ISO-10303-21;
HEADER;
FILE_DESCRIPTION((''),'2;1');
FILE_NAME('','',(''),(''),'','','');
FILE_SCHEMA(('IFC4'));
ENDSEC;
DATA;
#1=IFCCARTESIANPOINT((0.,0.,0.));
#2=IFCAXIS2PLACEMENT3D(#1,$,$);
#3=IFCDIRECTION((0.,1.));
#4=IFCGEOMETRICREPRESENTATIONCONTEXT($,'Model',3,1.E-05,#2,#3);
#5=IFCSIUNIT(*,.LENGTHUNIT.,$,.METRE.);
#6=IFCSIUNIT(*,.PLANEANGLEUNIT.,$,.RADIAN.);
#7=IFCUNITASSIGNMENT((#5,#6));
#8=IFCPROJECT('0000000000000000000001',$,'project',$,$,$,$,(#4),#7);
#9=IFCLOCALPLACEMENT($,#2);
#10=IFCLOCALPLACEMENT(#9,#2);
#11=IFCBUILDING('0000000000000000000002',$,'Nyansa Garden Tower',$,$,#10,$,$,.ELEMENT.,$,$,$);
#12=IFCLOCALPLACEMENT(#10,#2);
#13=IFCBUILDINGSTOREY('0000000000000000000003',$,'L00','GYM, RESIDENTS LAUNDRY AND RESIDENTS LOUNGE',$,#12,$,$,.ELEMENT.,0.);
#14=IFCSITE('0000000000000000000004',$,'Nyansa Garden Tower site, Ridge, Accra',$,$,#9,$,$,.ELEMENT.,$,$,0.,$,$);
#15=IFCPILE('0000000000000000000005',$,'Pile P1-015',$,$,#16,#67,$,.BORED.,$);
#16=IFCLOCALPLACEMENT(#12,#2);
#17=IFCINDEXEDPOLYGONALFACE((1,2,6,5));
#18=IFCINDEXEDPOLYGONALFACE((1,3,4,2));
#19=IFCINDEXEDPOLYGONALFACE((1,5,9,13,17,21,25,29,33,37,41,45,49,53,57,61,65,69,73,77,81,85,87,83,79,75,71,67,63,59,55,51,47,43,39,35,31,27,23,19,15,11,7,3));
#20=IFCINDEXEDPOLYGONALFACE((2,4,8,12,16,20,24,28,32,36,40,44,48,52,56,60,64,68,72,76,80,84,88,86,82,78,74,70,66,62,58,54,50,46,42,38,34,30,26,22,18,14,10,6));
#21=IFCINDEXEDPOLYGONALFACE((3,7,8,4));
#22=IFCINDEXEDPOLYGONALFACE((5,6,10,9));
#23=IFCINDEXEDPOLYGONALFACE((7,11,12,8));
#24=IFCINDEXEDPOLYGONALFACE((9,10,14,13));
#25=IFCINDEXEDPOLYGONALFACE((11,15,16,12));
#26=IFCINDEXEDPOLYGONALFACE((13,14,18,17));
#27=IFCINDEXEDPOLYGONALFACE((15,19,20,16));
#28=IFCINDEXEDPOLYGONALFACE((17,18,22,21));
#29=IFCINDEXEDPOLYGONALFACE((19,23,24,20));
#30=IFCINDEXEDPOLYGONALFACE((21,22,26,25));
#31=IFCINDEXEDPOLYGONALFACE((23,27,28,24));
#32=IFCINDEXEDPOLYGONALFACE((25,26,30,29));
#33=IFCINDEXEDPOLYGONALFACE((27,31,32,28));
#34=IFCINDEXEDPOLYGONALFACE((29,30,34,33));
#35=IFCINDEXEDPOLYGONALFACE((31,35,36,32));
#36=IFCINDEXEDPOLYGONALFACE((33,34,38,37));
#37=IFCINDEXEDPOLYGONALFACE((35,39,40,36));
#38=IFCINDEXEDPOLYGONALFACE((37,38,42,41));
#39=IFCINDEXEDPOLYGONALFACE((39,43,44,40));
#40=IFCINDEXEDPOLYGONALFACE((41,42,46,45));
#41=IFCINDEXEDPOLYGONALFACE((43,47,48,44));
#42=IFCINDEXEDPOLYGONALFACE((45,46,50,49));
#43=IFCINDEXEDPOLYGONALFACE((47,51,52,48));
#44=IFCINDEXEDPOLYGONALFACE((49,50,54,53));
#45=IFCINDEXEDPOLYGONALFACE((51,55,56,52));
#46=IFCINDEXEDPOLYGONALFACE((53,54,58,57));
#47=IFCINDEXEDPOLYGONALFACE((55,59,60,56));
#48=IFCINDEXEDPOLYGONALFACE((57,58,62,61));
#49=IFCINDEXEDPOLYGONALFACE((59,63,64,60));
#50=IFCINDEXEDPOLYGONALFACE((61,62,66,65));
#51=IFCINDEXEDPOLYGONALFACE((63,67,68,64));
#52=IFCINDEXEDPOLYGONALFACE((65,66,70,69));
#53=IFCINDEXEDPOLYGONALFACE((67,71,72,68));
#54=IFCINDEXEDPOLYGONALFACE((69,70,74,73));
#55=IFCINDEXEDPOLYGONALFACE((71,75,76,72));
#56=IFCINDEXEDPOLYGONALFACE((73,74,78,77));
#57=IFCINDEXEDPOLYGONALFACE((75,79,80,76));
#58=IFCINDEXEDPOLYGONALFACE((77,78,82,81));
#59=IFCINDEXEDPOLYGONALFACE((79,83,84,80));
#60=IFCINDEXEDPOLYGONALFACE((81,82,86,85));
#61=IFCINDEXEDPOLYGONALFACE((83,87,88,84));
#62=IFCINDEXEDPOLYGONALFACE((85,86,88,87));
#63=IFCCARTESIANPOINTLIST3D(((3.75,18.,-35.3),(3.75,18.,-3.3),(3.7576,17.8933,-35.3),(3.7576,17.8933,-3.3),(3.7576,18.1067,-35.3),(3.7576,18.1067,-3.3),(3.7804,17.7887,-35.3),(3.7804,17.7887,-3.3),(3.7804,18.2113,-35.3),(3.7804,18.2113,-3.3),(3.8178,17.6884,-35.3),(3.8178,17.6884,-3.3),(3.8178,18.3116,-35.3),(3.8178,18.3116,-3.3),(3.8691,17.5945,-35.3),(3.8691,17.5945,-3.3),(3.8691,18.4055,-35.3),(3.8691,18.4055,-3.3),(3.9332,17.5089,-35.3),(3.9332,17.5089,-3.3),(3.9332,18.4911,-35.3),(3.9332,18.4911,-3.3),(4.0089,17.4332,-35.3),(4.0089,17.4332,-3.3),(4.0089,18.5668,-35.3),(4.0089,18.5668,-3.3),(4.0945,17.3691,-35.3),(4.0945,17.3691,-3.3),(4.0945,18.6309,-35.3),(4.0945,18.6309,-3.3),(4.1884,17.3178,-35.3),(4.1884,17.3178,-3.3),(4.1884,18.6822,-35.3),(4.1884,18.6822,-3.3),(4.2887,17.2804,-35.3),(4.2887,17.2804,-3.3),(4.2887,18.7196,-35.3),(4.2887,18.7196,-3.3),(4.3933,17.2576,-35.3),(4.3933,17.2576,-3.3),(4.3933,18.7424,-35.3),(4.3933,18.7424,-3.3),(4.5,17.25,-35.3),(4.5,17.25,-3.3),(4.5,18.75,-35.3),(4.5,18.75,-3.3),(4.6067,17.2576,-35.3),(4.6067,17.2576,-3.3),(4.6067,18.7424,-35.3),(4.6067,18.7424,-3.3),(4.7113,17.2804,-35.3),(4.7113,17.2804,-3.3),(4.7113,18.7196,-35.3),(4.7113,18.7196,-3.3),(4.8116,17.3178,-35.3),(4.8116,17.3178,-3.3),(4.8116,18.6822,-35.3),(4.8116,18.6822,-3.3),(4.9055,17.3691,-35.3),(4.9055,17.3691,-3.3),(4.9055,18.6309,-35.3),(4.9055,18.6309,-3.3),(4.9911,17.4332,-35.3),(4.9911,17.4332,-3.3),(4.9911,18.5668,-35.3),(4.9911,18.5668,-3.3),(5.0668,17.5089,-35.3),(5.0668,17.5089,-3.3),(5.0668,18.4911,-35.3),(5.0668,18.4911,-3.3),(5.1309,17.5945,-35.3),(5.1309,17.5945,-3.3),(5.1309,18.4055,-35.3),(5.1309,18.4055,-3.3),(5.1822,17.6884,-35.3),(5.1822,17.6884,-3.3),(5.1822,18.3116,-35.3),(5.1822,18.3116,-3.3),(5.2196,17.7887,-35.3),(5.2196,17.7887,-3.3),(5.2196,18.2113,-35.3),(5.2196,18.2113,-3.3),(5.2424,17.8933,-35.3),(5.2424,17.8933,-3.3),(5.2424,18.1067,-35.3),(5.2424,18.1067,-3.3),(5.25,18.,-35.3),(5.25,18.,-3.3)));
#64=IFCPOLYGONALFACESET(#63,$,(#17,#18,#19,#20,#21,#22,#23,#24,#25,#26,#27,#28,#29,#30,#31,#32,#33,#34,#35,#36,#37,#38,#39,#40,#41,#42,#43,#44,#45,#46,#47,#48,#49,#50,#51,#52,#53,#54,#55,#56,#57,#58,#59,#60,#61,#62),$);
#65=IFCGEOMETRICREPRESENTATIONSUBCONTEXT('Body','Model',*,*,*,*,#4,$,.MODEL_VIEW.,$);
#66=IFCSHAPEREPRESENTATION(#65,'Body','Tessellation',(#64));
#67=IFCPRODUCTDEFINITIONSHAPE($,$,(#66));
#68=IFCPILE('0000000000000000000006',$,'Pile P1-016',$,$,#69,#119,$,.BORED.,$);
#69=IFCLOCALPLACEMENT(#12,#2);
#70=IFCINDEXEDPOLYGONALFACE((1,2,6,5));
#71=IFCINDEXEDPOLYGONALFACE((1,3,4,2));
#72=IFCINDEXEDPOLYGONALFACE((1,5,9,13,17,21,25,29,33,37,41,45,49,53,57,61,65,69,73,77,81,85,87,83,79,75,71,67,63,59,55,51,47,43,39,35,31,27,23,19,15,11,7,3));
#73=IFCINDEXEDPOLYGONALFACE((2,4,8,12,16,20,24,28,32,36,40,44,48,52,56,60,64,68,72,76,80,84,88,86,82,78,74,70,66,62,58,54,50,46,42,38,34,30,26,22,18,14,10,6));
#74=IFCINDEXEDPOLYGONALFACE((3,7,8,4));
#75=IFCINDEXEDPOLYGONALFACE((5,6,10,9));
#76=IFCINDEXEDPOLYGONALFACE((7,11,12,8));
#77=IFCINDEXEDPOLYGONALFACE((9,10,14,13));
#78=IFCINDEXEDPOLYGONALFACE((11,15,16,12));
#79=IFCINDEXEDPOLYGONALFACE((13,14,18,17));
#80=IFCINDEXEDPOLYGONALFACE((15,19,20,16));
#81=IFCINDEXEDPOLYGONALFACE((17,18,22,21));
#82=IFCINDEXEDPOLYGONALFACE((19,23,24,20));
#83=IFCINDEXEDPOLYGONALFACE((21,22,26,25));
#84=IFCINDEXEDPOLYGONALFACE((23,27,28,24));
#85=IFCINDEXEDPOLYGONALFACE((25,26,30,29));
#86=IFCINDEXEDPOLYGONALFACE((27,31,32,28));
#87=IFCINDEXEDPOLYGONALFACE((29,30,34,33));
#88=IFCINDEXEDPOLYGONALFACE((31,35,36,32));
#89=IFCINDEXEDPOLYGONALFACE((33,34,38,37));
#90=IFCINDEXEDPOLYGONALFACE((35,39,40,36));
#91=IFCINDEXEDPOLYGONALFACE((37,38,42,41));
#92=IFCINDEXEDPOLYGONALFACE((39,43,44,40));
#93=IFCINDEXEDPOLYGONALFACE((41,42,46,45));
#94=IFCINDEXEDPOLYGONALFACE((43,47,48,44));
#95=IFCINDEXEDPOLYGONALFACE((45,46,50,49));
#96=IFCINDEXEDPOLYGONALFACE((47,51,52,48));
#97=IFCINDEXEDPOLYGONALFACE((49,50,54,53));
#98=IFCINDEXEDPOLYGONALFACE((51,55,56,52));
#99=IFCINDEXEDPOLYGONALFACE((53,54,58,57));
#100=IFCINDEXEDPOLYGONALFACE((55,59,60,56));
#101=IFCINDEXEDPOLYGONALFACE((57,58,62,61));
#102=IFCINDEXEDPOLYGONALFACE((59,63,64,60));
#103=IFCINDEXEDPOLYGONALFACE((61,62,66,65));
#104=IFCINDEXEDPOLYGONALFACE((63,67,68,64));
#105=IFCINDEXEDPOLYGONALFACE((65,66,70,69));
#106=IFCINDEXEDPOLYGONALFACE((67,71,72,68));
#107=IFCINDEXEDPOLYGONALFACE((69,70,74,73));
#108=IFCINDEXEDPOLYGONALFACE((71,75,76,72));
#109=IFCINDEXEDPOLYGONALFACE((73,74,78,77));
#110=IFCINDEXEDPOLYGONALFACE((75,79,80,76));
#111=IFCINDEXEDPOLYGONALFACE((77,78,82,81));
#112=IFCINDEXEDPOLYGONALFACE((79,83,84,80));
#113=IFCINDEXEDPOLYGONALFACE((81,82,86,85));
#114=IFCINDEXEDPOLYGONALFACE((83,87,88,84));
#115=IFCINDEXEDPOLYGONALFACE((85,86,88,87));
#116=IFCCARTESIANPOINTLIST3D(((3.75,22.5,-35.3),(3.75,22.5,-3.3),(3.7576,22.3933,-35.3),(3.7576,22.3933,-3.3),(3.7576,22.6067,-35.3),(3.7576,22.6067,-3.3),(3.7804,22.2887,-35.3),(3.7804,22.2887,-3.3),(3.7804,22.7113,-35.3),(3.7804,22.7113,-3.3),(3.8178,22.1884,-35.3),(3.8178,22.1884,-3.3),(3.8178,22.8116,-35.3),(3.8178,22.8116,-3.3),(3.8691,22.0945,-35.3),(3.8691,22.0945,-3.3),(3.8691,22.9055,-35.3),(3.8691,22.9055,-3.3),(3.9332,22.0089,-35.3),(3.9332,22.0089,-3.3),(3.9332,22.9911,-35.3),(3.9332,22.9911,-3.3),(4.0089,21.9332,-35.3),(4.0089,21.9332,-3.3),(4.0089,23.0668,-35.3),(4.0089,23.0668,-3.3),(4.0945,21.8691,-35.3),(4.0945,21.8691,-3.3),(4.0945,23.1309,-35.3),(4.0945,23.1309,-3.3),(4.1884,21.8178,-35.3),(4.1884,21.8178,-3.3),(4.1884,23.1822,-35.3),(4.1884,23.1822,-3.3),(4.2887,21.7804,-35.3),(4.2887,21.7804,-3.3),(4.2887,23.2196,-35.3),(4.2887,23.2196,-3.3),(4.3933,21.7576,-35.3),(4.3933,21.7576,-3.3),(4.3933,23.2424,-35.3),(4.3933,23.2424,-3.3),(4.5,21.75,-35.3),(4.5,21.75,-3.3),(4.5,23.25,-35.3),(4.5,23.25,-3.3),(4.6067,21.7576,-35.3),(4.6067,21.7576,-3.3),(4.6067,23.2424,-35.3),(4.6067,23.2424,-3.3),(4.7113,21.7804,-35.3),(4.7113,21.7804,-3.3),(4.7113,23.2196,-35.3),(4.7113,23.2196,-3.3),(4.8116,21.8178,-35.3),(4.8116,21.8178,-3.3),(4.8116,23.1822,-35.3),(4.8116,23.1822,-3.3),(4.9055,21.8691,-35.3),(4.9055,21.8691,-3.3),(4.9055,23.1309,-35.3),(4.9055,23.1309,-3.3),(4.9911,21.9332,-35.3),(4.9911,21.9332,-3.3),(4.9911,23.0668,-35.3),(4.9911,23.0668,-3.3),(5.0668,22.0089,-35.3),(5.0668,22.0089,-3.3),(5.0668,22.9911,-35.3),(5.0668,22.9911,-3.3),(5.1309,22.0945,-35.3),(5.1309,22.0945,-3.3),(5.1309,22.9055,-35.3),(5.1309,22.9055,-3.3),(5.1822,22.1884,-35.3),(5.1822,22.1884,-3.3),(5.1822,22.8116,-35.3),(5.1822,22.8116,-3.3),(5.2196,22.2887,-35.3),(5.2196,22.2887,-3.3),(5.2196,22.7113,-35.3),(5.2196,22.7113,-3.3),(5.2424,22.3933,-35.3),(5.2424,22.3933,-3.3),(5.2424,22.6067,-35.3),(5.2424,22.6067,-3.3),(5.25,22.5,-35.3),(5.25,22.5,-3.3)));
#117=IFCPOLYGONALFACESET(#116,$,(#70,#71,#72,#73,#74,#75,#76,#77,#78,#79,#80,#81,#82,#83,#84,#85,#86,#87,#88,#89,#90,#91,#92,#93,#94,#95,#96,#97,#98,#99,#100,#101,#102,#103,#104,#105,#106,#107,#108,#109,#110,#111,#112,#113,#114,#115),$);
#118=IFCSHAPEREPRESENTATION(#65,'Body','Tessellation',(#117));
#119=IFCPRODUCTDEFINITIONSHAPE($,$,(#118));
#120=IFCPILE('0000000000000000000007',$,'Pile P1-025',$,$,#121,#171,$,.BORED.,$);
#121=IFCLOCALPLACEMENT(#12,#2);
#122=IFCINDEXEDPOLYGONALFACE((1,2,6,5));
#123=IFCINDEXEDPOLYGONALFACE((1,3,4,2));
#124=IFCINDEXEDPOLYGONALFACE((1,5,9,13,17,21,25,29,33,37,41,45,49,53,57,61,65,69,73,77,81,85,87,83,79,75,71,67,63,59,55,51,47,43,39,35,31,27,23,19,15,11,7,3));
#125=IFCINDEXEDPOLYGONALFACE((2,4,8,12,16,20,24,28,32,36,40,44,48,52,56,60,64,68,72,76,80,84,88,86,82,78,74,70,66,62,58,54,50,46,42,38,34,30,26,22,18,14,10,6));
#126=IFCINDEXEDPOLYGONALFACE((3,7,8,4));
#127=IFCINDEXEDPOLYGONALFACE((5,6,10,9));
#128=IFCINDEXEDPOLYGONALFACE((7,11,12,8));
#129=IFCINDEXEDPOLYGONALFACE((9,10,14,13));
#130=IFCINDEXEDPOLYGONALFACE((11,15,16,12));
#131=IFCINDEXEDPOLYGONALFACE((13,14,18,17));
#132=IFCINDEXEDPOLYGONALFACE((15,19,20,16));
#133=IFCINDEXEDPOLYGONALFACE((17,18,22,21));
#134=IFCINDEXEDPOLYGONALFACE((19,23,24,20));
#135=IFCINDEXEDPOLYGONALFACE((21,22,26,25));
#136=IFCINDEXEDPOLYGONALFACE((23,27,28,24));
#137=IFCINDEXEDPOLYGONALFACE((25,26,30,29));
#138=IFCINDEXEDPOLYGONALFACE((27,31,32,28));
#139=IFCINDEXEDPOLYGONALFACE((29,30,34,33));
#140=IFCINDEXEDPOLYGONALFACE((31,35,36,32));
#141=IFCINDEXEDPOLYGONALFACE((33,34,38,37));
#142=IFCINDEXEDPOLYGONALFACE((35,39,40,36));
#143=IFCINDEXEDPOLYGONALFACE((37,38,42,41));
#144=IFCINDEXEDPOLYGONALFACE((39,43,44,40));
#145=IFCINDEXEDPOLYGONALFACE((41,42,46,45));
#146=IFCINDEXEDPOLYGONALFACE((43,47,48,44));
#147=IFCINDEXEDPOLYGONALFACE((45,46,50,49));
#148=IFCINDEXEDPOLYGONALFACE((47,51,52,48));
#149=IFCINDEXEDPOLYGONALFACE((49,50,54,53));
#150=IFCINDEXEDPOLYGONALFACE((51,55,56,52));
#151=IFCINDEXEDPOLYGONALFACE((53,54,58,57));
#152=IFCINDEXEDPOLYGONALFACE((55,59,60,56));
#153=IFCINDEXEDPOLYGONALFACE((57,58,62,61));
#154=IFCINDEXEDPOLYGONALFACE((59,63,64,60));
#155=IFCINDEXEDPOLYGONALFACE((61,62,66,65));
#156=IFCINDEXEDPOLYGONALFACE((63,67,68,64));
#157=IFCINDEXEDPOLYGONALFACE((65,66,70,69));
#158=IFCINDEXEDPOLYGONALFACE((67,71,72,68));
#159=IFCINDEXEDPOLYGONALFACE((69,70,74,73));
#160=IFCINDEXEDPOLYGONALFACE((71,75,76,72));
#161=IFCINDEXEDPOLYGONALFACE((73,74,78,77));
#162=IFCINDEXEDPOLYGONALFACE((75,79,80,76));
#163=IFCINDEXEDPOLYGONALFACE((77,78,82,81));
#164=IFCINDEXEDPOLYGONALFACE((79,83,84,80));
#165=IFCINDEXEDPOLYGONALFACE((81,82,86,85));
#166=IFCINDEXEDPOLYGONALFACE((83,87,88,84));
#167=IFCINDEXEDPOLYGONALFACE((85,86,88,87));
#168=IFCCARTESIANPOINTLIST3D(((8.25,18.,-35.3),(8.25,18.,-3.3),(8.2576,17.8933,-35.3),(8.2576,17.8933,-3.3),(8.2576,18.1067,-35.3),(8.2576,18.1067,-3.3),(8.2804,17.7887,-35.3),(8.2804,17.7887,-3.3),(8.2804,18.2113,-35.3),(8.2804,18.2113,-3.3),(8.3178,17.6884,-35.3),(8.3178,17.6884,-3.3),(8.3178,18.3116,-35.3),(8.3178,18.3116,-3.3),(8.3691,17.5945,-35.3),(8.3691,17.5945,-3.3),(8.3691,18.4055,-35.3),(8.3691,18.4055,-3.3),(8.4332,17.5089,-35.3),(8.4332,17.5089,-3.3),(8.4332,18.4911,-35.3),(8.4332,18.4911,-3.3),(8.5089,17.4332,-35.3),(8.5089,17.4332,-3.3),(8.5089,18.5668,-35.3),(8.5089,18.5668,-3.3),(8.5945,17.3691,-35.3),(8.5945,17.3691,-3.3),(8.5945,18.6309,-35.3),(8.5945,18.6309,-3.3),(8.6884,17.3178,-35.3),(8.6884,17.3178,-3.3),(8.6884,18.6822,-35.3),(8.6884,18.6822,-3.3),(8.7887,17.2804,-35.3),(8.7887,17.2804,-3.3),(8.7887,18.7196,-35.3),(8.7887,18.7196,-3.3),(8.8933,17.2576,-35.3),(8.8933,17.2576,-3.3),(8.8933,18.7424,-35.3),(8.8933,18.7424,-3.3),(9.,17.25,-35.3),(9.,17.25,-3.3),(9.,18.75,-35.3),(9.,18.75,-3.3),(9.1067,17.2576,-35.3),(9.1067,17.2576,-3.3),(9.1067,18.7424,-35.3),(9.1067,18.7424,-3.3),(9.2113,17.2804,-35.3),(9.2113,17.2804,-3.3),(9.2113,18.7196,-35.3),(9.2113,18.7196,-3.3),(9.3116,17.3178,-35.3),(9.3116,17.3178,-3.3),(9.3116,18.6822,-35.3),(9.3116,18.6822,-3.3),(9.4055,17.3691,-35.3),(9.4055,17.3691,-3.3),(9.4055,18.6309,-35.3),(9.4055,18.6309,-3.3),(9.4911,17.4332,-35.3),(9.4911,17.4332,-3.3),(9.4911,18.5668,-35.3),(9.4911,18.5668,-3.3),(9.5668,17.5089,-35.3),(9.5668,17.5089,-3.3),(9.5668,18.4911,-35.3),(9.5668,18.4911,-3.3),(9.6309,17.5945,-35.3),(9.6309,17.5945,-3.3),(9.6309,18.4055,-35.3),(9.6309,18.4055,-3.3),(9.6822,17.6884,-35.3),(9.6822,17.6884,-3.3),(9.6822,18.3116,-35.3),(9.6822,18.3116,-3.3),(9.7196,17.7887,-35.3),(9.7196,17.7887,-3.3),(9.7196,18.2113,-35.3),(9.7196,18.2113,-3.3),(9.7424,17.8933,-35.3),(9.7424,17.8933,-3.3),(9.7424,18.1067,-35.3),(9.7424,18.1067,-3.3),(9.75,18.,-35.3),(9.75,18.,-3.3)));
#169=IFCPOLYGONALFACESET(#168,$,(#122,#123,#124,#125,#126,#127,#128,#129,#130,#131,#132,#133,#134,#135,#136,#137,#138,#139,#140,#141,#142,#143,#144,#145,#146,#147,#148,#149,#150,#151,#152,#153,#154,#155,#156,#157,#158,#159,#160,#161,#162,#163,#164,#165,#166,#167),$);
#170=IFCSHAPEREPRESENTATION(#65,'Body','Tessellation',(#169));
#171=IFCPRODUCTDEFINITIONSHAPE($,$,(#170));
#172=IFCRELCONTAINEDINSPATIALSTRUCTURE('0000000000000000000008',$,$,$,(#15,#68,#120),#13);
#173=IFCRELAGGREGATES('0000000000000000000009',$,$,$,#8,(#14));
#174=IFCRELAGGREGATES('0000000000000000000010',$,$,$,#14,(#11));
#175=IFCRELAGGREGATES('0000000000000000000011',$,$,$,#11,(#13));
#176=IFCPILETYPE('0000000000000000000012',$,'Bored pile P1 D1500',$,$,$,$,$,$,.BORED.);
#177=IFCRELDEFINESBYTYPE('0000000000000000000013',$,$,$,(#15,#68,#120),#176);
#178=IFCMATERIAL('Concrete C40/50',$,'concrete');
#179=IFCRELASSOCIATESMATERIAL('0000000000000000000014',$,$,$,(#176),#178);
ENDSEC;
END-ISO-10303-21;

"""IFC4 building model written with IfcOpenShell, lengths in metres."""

from ifc_helpers import new_model, si_unit, direction, frame, origin, origin_2d, place, context, subcontext, project, spatial, circle, extrude, material, type_object, element, save


model = new_model("IFC4")

# Units and contexts
model_context = context("Model", 3, precision=1e-05, world=origin(), true_north=direction((0.0, 1.0)))
body_context = subcontext(model_context, "Body", "Model", "MODEL_VIEW")
ifc_project = project(units=[si_unit("LENGTHUNIT", "METRE"), si_unit("PLANEANGLEUNIT", "RADIAN")], contexts=[model_context])

# Site, building, storey
site_placement = place(None, origin())
site = spatial("IfcSite", under=ifc_project, at=site_placement, Name="Nyansa Garden Tower site, Ridge, Accra", CompositionType="ELEMENT", RefElevation=0.0)
building_placement = place(site_placement, origin())
building = spatial("IfcBuilding", under=site, at=building_placement, Name="Nyansa Garden Tower", CompositionType="ELEMENT")
storey_placement = place(building_placement, origin())
storey = spatial("IfcBuildingStorey", under=building, at=storey_placement, Name="L00", Description="GYM, RESIDENTS LAUNDRY AND RESIDENTS LOUNGE", CompositionType="ELEMENT", Elevation=0.0)

# Piles
ifc_material_1 = material(Name="Concrete C40/50", Category="concrete")
pile_type = type_object("IfcPileType", Name="Bored pile P1 D1500", PredefinedType="BORED", material=ifc_material_1)
for number, where, z_axis, x_axis, name in (
    (1, (4.5, 18.0, -3.3), (0.0, 0.0, -1.0), (1.0, 0.0, 0.0), "Pile P1-015"),
    (2, (4.5, 22.5, -3.3), (0.0, 0.0, -1.0), (1.0, 0.0, 0.0), "Pile P1-016"),
    (3, (9.0, 18.0, -3.3), (0.0, 0.0, -1.0), (1.0, 0.0, 0.0), "Pile P1-025"),
):
    element("IfcPile", number, at=place(storey_placement, frame(where, z_axis=z_axis, x_axis=x_axis)), inside=storey, type_object=pile_type, Name=name, PredefinedType="BORED", context=body_context, shape_type="SweptSolid", body=[
        extrude(circle(Radius=0.75, at=origin_2d()), origin(), (0.0, 0.0, 1.0), 32.0),
    ])

save(model, "model.ifc")
